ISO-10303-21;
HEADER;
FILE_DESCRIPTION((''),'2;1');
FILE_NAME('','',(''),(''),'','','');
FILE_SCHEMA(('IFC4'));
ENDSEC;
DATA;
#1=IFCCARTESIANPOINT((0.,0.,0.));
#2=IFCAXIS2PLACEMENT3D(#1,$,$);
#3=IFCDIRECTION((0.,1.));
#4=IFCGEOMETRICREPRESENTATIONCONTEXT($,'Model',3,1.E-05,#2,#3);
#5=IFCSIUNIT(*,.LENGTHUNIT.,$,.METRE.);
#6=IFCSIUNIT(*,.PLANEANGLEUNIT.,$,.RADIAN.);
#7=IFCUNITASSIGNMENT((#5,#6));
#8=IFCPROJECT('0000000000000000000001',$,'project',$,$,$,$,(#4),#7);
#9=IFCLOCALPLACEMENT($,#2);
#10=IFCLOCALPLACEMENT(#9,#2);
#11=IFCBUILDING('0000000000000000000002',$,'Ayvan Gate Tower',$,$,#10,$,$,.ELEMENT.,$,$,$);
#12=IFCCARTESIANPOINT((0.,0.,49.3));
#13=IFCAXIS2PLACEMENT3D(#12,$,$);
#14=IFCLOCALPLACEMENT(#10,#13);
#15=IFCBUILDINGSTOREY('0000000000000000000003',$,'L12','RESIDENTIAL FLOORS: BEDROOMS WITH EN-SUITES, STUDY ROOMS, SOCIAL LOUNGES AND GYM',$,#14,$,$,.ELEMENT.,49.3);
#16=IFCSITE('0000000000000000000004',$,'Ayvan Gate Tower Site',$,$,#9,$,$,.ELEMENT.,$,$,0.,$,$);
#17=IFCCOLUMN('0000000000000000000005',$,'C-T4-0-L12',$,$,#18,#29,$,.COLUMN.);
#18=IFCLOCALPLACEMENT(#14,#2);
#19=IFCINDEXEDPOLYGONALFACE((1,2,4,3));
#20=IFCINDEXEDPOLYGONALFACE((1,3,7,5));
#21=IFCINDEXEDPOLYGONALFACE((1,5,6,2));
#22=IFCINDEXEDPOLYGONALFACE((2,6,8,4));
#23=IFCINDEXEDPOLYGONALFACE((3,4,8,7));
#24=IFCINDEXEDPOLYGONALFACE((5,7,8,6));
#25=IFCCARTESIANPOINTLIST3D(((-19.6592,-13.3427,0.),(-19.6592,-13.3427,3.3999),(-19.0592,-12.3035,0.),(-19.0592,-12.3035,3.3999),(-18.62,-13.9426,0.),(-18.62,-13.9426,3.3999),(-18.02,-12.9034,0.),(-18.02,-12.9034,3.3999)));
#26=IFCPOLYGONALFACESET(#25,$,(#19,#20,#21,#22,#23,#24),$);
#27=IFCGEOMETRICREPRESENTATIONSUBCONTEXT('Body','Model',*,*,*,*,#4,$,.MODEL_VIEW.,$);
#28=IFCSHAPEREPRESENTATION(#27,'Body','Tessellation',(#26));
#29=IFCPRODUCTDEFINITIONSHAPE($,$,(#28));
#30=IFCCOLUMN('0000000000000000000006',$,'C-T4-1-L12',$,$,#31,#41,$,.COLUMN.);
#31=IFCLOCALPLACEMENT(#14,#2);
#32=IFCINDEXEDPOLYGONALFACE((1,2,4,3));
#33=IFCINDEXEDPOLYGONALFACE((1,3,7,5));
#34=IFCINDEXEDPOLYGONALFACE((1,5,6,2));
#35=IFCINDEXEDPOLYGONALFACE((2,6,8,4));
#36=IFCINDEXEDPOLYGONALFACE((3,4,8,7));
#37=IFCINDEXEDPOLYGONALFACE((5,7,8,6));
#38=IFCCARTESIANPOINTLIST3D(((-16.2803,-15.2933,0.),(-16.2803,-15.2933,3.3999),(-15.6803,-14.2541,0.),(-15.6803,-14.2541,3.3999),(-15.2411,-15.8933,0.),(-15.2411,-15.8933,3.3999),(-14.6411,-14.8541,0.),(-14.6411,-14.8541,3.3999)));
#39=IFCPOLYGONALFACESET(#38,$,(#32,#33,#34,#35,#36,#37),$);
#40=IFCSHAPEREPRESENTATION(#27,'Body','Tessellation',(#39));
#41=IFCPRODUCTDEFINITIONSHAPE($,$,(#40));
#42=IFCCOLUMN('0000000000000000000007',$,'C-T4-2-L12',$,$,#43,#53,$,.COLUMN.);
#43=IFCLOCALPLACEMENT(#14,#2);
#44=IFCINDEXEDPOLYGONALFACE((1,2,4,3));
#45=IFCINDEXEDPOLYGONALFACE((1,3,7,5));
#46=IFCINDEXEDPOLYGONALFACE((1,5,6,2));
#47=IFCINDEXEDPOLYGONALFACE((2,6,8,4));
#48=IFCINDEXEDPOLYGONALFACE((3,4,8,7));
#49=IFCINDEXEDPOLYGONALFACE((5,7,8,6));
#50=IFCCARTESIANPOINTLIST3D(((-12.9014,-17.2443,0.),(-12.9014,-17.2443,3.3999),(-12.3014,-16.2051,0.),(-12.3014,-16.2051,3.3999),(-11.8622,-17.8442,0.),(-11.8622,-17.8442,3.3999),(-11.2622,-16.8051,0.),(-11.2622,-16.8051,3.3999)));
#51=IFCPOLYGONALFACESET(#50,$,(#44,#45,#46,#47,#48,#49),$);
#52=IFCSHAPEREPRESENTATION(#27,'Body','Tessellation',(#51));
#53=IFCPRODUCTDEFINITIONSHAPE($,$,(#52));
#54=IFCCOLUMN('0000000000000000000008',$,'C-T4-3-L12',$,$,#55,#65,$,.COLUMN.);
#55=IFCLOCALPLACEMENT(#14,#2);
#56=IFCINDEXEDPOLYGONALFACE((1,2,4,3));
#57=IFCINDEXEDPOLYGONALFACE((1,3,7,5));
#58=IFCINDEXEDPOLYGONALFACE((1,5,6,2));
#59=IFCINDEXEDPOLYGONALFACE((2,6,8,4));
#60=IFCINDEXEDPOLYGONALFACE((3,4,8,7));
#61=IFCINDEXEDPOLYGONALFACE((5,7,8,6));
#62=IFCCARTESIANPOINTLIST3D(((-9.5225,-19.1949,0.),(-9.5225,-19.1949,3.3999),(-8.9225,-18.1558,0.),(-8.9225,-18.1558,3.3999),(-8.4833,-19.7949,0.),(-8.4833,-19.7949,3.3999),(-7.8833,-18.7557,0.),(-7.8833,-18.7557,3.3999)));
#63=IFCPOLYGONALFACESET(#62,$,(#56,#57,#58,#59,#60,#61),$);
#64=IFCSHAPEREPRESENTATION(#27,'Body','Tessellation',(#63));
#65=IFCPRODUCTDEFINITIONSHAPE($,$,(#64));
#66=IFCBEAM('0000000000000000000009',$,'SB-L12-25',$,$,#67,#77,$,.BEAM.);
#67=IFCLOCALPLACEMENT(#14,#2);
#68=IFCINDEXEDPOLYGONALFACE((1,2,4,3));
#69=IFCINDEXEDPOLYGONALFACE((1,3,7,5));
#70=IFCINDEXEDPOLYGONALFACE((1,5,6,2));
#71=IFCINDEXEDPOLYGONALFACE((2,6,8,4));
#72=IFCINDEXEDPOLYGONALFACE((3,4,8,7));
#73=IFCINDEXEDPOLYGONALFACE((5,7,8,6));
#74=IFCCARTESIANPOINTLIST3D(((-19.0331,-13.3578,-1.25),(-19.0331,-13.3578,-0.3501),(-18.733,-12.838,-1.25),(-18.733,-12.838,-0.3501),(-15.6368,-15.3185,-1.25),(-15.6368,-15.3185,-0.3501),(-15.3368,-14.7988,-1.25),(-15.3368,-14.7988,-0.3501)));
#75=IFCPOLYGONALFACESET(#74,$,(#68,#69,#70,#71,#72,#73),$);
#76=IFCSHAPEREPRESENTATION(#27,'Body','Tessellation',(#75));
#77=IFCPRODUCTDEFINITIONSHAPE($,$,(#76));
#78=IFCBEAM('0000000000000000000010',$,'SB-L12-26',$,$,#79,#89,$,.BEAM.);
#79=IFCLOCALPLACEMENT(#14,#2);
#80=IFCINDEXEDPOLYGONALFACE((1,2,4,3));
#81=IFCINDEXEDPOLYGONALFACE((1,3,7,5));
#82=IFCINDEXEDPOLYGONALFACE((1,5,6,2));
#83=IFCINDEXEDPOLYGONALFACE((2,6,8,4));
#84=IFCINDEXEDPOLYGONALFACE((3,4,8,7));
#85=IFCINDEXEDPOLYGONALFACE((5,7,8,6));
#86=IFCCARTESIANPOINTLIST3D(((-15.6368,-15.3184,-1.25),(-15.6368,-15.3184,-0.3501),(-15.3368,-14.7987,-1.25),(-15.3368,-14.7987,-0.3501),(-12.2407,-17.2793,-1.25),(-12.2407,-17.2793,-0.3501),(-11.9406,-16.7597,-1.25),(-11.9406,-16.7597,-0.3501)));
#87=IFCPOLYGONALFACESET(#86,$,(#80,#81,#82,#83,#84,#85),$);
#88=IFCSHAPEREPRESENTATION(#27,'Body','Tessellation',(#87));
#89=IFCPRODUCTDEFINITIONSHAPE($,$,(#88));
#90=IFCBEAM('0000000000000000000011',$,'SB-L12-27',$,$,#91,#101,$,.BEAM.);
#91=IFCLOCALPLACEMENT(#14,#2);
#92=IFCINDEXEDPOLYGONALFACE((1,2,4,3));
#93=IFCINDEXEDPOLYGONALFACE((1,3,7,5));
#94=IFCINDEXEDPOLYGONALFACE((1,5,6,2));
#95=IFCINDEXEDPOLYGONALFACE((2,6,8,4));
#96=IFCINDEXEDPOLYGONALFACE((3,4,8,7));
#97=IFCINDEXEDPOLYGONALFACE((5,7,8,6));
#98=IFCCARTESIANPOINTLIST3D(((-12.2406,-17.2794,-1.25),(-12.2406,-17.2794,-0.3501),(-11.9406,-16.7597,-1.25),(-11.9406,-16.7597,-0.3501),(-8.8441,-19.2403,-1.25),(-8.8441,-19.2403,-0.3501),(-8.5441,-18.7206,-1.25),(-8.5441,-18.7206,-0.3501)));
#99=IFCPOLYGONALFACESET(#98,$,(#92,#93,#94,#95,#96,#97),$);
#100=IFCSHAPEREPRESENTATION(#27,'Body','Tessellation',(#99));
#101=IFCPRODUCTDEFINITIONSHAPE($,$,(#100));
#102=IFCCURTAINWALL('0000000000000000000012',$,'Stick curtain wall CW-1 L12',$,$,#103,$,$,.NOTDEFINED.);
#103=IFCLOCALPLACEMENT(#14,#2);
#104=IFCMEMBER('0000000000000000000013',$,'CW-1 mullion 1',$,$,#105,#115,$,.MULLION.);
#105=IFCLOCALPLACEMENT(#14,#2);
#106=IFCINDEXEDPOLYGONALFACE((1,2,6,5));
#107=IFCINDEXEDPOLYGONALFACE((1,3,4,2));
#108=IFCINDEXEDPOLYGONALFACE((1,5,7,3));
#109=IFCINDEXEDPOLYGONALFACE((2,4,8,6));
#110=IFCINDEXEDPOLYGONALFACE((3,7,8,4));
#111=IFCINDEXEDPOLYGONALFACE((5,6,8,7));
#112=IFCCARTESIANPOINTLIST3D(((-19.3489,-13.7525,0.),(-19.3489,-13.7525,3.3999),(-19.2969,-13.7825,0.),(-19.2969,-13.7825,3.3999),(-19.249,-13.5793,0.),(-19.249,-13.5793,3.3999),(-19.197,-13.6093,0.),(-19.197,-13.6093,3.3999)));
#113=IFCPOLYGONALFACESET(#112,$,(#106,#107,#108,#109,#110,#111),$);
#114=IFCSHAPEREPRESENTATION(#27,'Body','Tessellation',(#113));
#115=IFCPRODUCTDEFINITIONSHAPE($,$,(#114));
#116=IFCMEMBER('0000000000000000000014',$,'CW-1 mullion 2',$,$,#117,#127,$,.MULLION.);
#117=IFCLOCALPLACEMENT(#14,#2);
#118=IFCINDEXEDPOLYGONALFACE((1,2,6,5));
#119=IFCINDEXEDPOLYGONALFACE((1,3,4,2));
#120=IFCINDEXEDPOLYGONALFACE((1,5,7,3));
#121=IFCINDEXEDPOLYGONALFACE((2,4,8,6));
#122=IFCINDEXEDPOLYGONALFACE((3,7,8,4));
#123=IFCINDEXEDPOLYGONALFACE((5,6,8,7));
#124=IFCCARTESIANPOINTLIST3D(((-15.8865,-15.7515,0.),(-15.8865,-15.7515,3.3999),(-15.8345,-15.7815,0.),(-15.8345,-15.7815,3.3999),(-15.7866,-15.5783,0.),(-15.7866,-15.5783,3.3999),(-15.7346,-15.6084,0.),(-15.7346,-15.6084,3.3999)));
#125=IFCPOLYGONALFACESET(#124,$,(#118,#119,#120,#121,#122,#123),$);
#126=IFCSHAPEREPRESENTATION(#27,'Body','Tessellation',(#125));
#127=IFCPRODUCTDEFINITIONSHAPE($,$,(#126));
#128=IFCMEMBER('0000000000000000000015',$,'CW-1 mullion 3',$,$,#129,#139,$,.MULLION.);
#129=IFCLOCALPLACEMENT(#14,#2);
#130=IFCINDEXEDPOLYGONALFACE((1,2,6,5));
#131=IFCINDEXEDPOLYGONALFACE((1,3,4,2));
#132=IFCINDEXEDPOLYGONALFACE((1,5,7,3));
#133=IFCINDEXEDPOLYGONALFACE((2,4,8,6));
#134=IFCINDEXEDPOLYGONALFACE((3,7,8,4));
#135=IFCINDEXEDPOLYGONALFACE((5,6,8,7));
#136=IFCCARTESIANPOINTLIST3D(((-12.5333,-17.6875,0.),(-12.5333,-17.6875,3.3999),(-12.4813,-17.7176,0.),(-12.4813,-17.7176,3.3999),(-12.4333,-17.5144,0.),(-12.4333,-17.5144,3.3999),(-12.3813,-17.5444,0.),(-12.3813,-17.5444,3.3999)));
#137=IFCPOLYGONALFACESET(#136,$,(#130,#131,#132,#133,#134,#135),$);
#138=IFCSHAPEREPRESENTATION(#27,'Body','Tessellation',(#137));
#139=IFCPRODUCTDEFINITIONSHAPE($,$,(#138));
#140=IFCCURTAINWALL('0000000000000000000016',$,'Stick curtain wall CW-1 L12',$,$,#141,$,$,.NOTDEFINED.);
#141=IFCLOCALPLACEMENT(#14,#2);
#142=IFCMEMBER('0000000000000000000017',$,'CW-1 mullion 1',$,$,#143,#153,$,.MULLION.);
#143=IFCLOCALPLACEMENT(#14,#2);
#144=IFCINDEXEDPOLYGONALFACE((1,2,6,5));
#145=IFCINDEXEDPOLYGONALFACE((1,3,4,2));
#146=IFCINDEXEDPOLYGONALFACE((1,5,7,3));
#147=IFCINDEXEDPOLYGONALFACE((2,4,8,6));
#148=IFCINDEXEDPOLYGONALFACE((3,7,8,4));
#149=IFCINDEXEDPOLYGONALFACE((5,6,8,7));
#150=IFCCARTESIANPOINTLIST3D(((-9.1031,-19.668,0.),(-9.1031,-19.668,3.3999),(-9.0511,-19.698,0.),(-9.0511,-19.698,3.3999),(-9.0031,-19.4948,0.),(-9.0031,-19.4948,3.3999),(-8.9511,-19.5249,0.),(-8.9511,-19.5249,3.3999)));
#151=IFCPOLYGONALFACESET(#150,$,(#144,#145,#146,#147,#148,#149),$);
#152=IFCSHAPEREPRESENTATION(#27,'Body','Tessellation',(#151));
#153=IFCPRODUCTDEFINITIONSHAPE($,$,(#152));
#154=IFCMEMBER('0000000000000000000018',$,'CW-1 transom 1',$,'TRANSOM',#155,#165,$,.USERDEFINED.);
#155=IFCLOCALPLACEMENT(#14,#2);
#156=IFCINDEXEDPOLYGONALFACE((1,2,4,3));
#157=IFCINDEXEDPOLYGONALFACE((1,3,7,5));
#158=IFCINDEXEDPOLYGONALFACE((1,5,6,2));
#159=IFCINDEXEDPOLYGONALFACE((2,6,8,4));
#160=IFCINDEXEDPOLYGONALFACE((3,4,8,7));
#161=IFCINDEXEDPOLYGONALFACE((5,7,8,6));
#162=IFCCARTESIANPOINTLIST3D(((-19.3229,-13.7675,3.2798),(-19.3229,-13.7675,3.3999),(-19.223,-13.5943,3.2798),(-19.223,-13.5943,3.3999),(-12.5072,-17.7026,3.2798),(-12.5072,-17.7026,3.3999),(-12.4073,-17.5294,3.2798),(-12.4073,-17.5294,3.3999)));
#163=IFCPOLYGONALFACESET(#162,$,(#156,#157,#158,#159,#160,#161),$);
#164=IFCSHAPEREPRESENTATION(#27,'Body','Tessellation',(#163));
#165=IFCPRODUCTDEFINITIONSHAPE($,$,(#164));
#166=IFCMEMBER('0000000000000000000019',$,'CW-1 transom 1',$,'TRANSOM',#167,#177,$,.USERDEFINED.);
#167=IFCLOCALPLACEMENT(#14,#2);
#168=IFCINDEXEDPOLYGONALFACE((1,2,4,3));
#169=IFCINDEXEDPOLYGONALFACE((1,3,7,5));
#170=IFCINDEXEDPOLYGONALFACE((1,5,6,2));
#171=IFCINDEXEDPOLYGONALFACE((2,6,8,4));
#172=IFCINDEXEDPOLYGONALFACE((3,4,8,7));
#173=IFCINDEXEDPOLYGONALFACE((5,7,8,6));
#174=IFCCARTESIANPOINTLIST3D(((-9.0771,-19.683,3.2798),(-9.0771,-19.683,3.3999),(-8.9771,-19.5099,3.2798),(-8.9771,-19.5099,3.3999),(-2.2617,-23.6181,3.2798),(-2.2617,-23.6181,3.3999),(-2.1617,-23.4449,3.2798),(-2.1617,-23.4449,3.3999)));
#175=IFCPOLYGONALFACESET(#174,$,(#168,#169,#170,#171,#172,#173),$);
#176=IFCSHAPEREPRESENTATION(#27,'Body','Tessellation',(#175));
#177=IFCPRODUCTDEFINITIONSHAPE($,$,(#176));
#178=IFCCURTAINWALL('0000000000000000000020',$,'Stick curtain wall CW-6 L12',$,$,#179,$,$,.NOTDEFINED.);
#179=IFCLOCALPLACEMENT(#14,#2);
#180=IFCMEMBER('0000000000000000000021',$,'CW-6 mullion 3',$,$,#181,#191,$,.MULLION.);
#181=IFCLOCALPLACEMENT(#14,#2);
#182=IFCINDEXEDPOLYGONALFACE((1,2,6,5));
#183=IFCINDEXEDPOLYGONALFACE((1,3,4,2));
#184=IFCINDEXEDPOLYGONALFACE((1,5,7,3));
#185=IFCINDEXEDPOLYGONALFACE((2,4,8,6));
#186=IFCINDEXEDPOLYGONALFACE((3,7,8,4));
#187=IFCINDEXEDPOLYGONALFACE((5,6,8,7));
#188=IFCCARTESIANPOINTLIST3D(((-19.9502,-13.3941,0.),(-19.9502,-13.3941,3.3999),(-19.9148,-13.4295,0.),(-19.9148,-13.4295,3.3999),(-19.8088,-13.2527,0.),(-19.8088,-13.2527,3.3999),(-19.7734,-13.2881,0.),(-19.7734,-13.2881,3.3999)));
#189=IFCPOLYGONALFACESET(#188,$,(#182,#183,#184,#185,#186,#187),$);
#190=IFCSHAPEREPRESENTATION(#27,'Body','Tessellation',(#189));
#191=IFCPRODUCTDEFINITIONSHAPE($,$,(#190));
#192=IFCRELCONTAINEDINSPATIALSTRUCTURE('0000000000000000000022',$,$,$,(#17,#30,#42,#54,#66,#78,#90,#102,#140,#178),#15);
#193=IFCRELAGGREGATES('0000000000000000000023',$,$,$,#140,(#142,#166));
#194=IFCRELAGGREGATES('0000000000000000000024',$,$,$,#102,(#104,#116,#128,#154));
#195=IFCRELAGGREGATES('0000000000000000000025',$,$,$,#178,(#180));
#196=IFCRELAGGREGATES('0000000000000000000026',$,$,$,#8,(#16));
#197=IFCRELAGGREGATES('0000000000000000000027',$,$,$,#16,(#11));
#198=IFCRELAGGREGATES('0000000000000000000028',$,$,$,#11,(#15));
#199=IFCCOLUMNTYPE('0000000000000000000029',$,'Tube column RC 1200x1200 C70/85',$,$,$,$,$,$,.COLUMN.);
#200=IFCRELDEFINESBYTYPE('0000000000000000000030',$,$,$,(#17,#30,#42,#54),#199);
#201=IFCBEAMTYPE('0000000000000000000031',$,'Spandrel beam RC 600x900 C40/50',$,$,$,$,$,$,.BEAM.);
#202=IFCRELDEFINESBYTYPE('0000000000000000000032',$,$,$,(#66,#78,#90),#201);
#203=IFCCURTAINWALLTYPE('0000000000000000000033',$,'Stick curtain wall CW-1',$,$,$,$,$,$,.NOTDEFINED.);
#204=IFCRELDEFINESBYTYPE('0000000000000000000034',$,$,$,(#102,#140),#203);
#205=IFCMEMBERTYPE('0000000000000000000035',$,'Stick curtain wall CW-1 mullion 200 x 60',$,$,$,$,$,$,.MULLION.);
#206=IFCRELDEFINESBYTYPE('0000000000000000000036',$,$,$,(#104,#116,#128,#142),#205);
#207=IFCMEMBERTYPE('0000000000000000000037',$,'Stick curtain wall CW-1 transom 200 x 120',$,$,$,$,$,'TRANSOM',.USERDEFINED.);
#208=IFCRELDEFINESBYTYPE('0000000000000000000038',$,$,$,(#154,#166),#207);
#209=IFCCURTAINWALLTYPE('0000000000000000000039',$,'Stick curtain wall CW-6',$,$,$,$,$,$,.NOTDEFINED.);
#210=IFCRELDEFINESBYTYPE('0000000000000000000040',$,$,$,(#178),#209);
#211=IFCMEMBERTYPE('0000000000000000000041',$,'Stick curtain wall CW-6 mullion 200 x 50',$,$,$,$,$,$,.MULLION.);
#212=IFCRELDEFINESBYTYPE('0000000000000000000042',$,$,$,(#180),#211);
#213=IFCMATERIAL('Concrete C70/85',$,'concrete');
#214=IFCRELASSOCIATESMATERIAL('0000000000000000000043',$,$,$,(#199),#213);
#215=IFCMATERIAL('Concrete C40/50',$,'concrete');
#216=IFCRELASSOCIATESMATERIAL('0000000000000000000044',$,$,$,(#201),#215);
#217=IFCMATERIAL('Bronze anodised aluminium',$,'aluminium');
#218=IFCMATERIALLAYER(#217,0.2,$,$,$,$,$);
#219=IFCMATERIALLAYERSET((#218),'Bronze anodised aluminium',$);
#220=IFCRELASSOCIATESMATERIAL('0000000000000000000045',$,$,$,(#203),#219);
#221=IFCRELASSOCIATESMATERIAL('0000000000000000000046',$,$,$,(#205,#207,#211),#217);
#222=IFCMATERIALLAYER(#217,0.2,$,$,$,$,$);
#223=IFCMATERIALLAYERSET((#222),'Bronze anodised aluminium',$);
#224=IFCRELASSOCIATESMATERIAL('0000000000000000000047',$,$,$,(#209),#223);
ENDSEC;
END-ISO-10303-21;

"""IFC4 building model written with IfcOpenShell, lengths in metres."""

from ifc_helpers import new_model, si_unit, direction, frame, origin, origin_2d, place, context, subcontext, project, spatial, rectangle, extrude, material, layer, layer_set, material_profile, profile_set, type_object, element, aggregate, save


model = new_model("IFC4")

# Units and contexts
model_context = context("Model", 3, precision=1e-05, world=origin(), true_north=direction((0.0, 1.0)))
body_context = subcontext(model_context, "Body", "Model", "MODEL_VIEW")
ifc_project = project(units=[si_unit("LENGTHUNIT", "METRE"), si_unit("PLANEANGLEUNIT", "RADIAN")], contexts=[model_context])

# Site, building, storey
site_placement = place(None, origin())
site = spatial("IfcSite", under=ifc_project, at=site_placement, Name="Ayvan Gate Tower Site", CompositionType="ELEMENT", RefElevation=0.0)
building_placement = place(site_placement, origin())
building = spatial("IfcBuilding", under=site, at=building_placement, Name="Ayvan Gate Tower", CompositionType="ELEMENT")
storey_placement = place(building_placement, frame((0.0, 0.0, 49.3)))
storey = spatial("IfcBuildingStorey", under=building, at=storey_placement, Name="L12", Description="RESIDENTIAL FLOORS: BEDROOMS WITH EN-SUITES, STUDY ROOMS, SOCIAL LOUNGES AND GYM", CompositionType="ELEMENT", Elevation=49.3)

# Columns
ifc_material_1 = material(Name="Concrete C70/85", Category="concrete")
ifc_material_profile_1 = material_profile(ifc_material_1, rectangle(XDim=1.2, YDim=1.2, at=origin_2d()), Name="RC 1200x1200")
ifc_profile_set_1 = profile_set([ifc_material_profile_1], Name="Concrete C70/85")
column_type = type_object("IfcColumnType", Name="Tube column RC 1200x1200 C70/85", PredefinedType="COLUMN", material=ifc_profile_set_1)
for number, where, z_axis, x_axis, name in (
    (1, (-18.8396, -13.123, 0.0), (0.0, 0.0, 1.0), (-0.5, -0.866025, 0.0), "C-T4-0-L12"),
    (2, (-15.4607, -15.0737, 0.0), (0.0, 0.0, 1.0), (-0.5, -0.866025, 0.0), "C-T4-1-L12"),
    (3, (-12.0818, -17.0247, 0.0), (0.0, 0.0, 1.0), (-0.5, -0.866025, 0.0), "C-T4-2-L12"),
    (4, (-8.7029, -18.9753, 0.0), (0.0, 0.0, 1.0), (-0.5, -0.866025, 0.0), "C-T4-3-L12"),
):
    element("IfcColumn", number, at=place(storey_placement, frame(where, z_axis=z_axis, x_axis=x_axis)), inside=storey, type_object=column_type, Name=name, PredefinedType="COLUMN", context=body_context, shape_type="SweptSolid", body=[
        extrude(rectangle(XDim=1.2, YDim=1.2, at=origin_2d()), origin(), (0.0, 0.0, 1.0), 3.3999),
    ])

# Beams
ifc_material_2 = material(Name="Concrete C40/50", Category="concrete")
ifc_material_profile_2 = material_profile(ifc_material_2, rectangle(XDim=0.6001, YDim=0.8999, at=origin_2d()), Name="RC 600x900")
ifc_profile_set_2 = profile_set([ifc_material_profile_2], Name="Concrete C40/50")
beam_type = type_object("IfcBeamType", Name="Spandrel beam RC 600x900 C40/50", PredefinedType="BEAM", material=ifc_profile_set_2)
for number, where, z_axis, x_axis, name in (
    (5, (-18.8831, -13.0979, -0.8), (0.866039, -0.499976, 0.0), (0.499976, 0.866039, 0.0), "SB-L12-25"),
    (6, (-15.4868, -15.0586, -0.8), (0.866012, -0.500022, 0.0), (0.500022, 0.866012, 0.0), "SB-L12-26"),
):
    element("IfcBeam", number, at=place(storey_placement, frame(where, z_axis=z_axis, x_axis=x_axis)), inside=storey, type_object=beam_type, Name=name, PredefinedType="BEAM", context=body_context, shape_type="SweptSolid", body=[
        extrude(rectangle(XDim=0.6001, YDim=0.8999, at=origin_2d()), origin(), (0.0, 0.0, 1.0), 3.9216),
    ])
beam_placement = place(storey_placement, frame((-12.0906, -17.0195, -0.8), z_axis=(0.866028, -0.499995, 0.0), x_axis=(0.499995, 0.866028, 0.0)))
element("IfcBeam", 7, at=beam_placement, inside=storey, type_object=beam_type, Name="SB-L12-27", PredefinedType="BEAM", context=body_context, shape_type="SweptSolid", body=[
    extrude(rectangle(XDim=0.6001, YDim=0.8999, at=origin_2d()), origin(), (0.0, 0.0, 1.0), 3.9219),
])

# Curtain wall, members
ifc_material_3 = material(Name="Bronze anodised aluminium", Category="aluminium")
ifc_layer_1 = layer(ifc_material_3, 0.2)
ifc_layer_set_1 = layer_set([ifc_layer_1], Name="Bronze anodised aluminium")
curtain_wall_type_1 = type_object("IfcCurtainWallType", Name="Stick curtain wall CW-1", PredefinedType="NOTDEFINED", material=ifc_layer_set_1)
curtain_wall_1_placement = place(storey_placement, origin())
curtain_wall_1 = element("IfcCurtainWall", 8, at=curtain_wall_1_placement, inside=storey, type_object=curtain_wall_type_1, Name="Stick curtain wall CW-1 L12", PredefinedType="NOTDEFINED")
ifc_material_profile_3 = material_profile(ifc_material_3, rectangle(XDim=0.2, YDim=0.0601, at=origin_2d()), Name="Stick curtain wall CW-1 mullion 200 x 60")
ifc_profile_set_3 = profile_set([ifc_material_profile_3], Name="Bronze anodised aluminium")
member_type_1 = type_object("IfcMemberType", Name="Stick curtain wall CW-1 mullion 200 x 60", PredefinedType="MULLION", material=ifc_profile_set_3)
member_1_placement = place(storey_placement, frame((-19.2729, -13.6809, 0.0), z_axis=(0.0, 0.0, 1.0), x_axis=(-0.5, -0.866025, 0.0)))
member_1 = element("IfcMember", 9, at=member_1_placement, type_object=member_type_1, Name="CW-1 mullion 1", PredefinedType="MULLION", context=body_context, shape_type="SweptSolid", body=[
    extrude(rectangle(XDim=0.2, YDim=0.0601, at=origin_2d()), origin(), (0.0, 0.0, 1.0), 3.3999),
])
member_2_placement = place(storey_placement, frame((-15.8105, -15.6799, 0.0), z_axis=(0.0, 0.0, 1.0), x_axis=(-0.5, -0.866025, 0.0)))
member_2 = element("IfcMember", 10, at=member_2_placement, type_object=member_type_1, Name="CW-1 mullion 2", PredefinedType="MULLION", context=body_context, shape_type="SweptSolid", body=[
    extrude(rectangle(XDim=0.2, YDim=0.0601, at=origin_2d()), origin(), (0.0, 0.0, 1.0), 3.3999),
])
member_3_placement = place(storey_placement, frame((-12.4573, -17.616, 0.0), z_axis=(0.0, 0.0, 1.0), x_axis=(-0.5, -0.866025, 0.0)))
member_3 = element("IfcMember", 11, at=member_3_placement, type_object=member_type_1, Name="CW-1 mullion 3", PredefinedType="MULLION", context=body_context, shape_type="SweptSolid", body=[
    extrude(rectangle(XDim=0.2, YDim=0.0601, at=origin_2d()), origin(), (0.0, 0.0, 1.0), 3.3999),
])

# Curtain wall, member
curtain_wall_2_placement = place(storey_placement, origin())
curtain_wall_2 = element("IfcCurtainWall", 12, at=curtain_wall_2_placement, inside=storey, type_object=curtain_wall_type_1, Name="Stick curtain wall CW-1 L12", PredefinedType="NOTDEFINED")
member_4_placement = place(storey_placement, frame((-9.0271, -19.5964, 0.0), z_axis=(0.0, 0.0, 1.0), x_axis=(-0.5, -0.866025, 0.0)))
member_4 = element("IfcMember", 13, at=member_4_placement, type_object=member_type_1, Name="CW-1 mullion 1", PredefinedType="MULLION", context=body_context, shape_type="SweptSolid", body=[
    extrude(rectangle(XDim=0.2, YDim=0.0601, at=origin_2d()), origin(), (0.0, 0.0, 1.0), 3.3999),
])

# Members
ifc_material_profile_4 = material_profile(ifc_material_3, rectangle(XDim=0.2, YDim=0.1201, at=origin_2d()), Name="Stick curtain wall CW-1 transom 200 x 120")
ifc_profile_set_4 = profile_set([ifc_material_profile_4], Name="Bronze anodised aluminium")
member_type_2 = type_object("IfcMemberType", Name="Stick curtain wall CW-1 transom 200 x 120", ElementType="TRANSOM", PredefinedType="USERDEFINED", material=ifc_profile_set_4)
member_5_placement = place(storey_placement, frame((-19.2729, -13.6809, 3.3398), z_axis=(0.866024, -0.500003, 0.0), x_axis=(0.500003, 0.866024, 0.0)))
member_5 = element("IfcMember", 14, at=member_5_placement, type_object=member_type_2, Name="CW-1 transom 1", ObjectType="TRANSOM", PredefinedType="USERDEFINED", context=body_context, shape_type="SweptSolid", body=[
    extrude(rectangle(XDim=0.2, YDim=0.1201, at=origin_2d()), origin(), (0.0, 0.0, 1.0), 7.8701),
])
member_6_placement = place(storey_placement, frame((-9.0271, -19.5964, 3.3398), z_axis=(0.866016, -0.500016, 0.0), x_axis=(0.500016, 0.866016, 0.0)))
member_6 = element("IfcMember", 15, at=member_6_placement, type_object=member_type_2, Name="CW-1 transom 1", ObjectType="TRANSOM", PredefinedType="USERDEFINED", context=body_context, shape_type="SweptSolid", body=[
    extrude(rectangle(XDim=0.2, YDim=0.1201, at=origin_2d()), origin(), (0.0, 0.0, 1.0), 7.8699),
])
aggregate(curtain_wall_2, [member_4, member_6])

# Curtain wall, member
ifc_layer_2 = layer(ifc_material_3, 0.2)
ifc_layer_set_2 = layer_set([ifc_layer_2], Name="Bronze anodised aluminium")
curtain_wall_type_2 = type_object("IfcCurtainWallType", Name="Stick curtain wall CW-6", PredefinedType="NOTDEFINED", material=ifc_layer_set_2)
curtain_wall_3_placement = place(storey_placement, origin())
curtain_wall_3 = element("IfcCurtainWall", 16, at=curtain_wall_3_placement, inside=storey, type_object=curtain_wall_type_2, Name="Stick curtain wall CW-6 L12", PredefinedType="NOTDEFINED")
ifc_material_profile_5 = material_profile(ifc_material_3, rectangle(XDim=0.2, YDim=0.05, at=origin_2d()), Name="Stick curtain wall CW-6 mullion 200 x 50")
ifc_profile_set_5 = profile_set([ifc_material_profile_5], Name="Bronze anodised aluminium")
member_type_3 = type_object("IfcMemberType", Name="Stick curtain wall CW-6 mullion 200 x 50", PredefinedType="MULLION", material=ifc_profile_set_5)
member_7_placement = place(storey_placement, frame((-19.8618, -13.3411, 0.0), z_axis=(0.0, 0.0, 1.0), x_axis=(-0.707107, -0.707107, 0.0)))
member_7 = element("IfcMember", 17, at=member_7_placement, type_object=member_type_3, Name="CW-6 mullion 3", PredefinedType="MULLION", context=body_context, shape_type="SweptSolid", body=[
    extrude(rectangle(XDim=0.2, YDim=0.05, at=origin_2d()), origin(), (0.0, 0.0, 1.0), 3.3999),
])

aggregate(curtain_wall_1, [member_1, member_2, member_3, member_5])
aggregate(curtain_wall_3, [member_7])

save(model, "model.ifc")
